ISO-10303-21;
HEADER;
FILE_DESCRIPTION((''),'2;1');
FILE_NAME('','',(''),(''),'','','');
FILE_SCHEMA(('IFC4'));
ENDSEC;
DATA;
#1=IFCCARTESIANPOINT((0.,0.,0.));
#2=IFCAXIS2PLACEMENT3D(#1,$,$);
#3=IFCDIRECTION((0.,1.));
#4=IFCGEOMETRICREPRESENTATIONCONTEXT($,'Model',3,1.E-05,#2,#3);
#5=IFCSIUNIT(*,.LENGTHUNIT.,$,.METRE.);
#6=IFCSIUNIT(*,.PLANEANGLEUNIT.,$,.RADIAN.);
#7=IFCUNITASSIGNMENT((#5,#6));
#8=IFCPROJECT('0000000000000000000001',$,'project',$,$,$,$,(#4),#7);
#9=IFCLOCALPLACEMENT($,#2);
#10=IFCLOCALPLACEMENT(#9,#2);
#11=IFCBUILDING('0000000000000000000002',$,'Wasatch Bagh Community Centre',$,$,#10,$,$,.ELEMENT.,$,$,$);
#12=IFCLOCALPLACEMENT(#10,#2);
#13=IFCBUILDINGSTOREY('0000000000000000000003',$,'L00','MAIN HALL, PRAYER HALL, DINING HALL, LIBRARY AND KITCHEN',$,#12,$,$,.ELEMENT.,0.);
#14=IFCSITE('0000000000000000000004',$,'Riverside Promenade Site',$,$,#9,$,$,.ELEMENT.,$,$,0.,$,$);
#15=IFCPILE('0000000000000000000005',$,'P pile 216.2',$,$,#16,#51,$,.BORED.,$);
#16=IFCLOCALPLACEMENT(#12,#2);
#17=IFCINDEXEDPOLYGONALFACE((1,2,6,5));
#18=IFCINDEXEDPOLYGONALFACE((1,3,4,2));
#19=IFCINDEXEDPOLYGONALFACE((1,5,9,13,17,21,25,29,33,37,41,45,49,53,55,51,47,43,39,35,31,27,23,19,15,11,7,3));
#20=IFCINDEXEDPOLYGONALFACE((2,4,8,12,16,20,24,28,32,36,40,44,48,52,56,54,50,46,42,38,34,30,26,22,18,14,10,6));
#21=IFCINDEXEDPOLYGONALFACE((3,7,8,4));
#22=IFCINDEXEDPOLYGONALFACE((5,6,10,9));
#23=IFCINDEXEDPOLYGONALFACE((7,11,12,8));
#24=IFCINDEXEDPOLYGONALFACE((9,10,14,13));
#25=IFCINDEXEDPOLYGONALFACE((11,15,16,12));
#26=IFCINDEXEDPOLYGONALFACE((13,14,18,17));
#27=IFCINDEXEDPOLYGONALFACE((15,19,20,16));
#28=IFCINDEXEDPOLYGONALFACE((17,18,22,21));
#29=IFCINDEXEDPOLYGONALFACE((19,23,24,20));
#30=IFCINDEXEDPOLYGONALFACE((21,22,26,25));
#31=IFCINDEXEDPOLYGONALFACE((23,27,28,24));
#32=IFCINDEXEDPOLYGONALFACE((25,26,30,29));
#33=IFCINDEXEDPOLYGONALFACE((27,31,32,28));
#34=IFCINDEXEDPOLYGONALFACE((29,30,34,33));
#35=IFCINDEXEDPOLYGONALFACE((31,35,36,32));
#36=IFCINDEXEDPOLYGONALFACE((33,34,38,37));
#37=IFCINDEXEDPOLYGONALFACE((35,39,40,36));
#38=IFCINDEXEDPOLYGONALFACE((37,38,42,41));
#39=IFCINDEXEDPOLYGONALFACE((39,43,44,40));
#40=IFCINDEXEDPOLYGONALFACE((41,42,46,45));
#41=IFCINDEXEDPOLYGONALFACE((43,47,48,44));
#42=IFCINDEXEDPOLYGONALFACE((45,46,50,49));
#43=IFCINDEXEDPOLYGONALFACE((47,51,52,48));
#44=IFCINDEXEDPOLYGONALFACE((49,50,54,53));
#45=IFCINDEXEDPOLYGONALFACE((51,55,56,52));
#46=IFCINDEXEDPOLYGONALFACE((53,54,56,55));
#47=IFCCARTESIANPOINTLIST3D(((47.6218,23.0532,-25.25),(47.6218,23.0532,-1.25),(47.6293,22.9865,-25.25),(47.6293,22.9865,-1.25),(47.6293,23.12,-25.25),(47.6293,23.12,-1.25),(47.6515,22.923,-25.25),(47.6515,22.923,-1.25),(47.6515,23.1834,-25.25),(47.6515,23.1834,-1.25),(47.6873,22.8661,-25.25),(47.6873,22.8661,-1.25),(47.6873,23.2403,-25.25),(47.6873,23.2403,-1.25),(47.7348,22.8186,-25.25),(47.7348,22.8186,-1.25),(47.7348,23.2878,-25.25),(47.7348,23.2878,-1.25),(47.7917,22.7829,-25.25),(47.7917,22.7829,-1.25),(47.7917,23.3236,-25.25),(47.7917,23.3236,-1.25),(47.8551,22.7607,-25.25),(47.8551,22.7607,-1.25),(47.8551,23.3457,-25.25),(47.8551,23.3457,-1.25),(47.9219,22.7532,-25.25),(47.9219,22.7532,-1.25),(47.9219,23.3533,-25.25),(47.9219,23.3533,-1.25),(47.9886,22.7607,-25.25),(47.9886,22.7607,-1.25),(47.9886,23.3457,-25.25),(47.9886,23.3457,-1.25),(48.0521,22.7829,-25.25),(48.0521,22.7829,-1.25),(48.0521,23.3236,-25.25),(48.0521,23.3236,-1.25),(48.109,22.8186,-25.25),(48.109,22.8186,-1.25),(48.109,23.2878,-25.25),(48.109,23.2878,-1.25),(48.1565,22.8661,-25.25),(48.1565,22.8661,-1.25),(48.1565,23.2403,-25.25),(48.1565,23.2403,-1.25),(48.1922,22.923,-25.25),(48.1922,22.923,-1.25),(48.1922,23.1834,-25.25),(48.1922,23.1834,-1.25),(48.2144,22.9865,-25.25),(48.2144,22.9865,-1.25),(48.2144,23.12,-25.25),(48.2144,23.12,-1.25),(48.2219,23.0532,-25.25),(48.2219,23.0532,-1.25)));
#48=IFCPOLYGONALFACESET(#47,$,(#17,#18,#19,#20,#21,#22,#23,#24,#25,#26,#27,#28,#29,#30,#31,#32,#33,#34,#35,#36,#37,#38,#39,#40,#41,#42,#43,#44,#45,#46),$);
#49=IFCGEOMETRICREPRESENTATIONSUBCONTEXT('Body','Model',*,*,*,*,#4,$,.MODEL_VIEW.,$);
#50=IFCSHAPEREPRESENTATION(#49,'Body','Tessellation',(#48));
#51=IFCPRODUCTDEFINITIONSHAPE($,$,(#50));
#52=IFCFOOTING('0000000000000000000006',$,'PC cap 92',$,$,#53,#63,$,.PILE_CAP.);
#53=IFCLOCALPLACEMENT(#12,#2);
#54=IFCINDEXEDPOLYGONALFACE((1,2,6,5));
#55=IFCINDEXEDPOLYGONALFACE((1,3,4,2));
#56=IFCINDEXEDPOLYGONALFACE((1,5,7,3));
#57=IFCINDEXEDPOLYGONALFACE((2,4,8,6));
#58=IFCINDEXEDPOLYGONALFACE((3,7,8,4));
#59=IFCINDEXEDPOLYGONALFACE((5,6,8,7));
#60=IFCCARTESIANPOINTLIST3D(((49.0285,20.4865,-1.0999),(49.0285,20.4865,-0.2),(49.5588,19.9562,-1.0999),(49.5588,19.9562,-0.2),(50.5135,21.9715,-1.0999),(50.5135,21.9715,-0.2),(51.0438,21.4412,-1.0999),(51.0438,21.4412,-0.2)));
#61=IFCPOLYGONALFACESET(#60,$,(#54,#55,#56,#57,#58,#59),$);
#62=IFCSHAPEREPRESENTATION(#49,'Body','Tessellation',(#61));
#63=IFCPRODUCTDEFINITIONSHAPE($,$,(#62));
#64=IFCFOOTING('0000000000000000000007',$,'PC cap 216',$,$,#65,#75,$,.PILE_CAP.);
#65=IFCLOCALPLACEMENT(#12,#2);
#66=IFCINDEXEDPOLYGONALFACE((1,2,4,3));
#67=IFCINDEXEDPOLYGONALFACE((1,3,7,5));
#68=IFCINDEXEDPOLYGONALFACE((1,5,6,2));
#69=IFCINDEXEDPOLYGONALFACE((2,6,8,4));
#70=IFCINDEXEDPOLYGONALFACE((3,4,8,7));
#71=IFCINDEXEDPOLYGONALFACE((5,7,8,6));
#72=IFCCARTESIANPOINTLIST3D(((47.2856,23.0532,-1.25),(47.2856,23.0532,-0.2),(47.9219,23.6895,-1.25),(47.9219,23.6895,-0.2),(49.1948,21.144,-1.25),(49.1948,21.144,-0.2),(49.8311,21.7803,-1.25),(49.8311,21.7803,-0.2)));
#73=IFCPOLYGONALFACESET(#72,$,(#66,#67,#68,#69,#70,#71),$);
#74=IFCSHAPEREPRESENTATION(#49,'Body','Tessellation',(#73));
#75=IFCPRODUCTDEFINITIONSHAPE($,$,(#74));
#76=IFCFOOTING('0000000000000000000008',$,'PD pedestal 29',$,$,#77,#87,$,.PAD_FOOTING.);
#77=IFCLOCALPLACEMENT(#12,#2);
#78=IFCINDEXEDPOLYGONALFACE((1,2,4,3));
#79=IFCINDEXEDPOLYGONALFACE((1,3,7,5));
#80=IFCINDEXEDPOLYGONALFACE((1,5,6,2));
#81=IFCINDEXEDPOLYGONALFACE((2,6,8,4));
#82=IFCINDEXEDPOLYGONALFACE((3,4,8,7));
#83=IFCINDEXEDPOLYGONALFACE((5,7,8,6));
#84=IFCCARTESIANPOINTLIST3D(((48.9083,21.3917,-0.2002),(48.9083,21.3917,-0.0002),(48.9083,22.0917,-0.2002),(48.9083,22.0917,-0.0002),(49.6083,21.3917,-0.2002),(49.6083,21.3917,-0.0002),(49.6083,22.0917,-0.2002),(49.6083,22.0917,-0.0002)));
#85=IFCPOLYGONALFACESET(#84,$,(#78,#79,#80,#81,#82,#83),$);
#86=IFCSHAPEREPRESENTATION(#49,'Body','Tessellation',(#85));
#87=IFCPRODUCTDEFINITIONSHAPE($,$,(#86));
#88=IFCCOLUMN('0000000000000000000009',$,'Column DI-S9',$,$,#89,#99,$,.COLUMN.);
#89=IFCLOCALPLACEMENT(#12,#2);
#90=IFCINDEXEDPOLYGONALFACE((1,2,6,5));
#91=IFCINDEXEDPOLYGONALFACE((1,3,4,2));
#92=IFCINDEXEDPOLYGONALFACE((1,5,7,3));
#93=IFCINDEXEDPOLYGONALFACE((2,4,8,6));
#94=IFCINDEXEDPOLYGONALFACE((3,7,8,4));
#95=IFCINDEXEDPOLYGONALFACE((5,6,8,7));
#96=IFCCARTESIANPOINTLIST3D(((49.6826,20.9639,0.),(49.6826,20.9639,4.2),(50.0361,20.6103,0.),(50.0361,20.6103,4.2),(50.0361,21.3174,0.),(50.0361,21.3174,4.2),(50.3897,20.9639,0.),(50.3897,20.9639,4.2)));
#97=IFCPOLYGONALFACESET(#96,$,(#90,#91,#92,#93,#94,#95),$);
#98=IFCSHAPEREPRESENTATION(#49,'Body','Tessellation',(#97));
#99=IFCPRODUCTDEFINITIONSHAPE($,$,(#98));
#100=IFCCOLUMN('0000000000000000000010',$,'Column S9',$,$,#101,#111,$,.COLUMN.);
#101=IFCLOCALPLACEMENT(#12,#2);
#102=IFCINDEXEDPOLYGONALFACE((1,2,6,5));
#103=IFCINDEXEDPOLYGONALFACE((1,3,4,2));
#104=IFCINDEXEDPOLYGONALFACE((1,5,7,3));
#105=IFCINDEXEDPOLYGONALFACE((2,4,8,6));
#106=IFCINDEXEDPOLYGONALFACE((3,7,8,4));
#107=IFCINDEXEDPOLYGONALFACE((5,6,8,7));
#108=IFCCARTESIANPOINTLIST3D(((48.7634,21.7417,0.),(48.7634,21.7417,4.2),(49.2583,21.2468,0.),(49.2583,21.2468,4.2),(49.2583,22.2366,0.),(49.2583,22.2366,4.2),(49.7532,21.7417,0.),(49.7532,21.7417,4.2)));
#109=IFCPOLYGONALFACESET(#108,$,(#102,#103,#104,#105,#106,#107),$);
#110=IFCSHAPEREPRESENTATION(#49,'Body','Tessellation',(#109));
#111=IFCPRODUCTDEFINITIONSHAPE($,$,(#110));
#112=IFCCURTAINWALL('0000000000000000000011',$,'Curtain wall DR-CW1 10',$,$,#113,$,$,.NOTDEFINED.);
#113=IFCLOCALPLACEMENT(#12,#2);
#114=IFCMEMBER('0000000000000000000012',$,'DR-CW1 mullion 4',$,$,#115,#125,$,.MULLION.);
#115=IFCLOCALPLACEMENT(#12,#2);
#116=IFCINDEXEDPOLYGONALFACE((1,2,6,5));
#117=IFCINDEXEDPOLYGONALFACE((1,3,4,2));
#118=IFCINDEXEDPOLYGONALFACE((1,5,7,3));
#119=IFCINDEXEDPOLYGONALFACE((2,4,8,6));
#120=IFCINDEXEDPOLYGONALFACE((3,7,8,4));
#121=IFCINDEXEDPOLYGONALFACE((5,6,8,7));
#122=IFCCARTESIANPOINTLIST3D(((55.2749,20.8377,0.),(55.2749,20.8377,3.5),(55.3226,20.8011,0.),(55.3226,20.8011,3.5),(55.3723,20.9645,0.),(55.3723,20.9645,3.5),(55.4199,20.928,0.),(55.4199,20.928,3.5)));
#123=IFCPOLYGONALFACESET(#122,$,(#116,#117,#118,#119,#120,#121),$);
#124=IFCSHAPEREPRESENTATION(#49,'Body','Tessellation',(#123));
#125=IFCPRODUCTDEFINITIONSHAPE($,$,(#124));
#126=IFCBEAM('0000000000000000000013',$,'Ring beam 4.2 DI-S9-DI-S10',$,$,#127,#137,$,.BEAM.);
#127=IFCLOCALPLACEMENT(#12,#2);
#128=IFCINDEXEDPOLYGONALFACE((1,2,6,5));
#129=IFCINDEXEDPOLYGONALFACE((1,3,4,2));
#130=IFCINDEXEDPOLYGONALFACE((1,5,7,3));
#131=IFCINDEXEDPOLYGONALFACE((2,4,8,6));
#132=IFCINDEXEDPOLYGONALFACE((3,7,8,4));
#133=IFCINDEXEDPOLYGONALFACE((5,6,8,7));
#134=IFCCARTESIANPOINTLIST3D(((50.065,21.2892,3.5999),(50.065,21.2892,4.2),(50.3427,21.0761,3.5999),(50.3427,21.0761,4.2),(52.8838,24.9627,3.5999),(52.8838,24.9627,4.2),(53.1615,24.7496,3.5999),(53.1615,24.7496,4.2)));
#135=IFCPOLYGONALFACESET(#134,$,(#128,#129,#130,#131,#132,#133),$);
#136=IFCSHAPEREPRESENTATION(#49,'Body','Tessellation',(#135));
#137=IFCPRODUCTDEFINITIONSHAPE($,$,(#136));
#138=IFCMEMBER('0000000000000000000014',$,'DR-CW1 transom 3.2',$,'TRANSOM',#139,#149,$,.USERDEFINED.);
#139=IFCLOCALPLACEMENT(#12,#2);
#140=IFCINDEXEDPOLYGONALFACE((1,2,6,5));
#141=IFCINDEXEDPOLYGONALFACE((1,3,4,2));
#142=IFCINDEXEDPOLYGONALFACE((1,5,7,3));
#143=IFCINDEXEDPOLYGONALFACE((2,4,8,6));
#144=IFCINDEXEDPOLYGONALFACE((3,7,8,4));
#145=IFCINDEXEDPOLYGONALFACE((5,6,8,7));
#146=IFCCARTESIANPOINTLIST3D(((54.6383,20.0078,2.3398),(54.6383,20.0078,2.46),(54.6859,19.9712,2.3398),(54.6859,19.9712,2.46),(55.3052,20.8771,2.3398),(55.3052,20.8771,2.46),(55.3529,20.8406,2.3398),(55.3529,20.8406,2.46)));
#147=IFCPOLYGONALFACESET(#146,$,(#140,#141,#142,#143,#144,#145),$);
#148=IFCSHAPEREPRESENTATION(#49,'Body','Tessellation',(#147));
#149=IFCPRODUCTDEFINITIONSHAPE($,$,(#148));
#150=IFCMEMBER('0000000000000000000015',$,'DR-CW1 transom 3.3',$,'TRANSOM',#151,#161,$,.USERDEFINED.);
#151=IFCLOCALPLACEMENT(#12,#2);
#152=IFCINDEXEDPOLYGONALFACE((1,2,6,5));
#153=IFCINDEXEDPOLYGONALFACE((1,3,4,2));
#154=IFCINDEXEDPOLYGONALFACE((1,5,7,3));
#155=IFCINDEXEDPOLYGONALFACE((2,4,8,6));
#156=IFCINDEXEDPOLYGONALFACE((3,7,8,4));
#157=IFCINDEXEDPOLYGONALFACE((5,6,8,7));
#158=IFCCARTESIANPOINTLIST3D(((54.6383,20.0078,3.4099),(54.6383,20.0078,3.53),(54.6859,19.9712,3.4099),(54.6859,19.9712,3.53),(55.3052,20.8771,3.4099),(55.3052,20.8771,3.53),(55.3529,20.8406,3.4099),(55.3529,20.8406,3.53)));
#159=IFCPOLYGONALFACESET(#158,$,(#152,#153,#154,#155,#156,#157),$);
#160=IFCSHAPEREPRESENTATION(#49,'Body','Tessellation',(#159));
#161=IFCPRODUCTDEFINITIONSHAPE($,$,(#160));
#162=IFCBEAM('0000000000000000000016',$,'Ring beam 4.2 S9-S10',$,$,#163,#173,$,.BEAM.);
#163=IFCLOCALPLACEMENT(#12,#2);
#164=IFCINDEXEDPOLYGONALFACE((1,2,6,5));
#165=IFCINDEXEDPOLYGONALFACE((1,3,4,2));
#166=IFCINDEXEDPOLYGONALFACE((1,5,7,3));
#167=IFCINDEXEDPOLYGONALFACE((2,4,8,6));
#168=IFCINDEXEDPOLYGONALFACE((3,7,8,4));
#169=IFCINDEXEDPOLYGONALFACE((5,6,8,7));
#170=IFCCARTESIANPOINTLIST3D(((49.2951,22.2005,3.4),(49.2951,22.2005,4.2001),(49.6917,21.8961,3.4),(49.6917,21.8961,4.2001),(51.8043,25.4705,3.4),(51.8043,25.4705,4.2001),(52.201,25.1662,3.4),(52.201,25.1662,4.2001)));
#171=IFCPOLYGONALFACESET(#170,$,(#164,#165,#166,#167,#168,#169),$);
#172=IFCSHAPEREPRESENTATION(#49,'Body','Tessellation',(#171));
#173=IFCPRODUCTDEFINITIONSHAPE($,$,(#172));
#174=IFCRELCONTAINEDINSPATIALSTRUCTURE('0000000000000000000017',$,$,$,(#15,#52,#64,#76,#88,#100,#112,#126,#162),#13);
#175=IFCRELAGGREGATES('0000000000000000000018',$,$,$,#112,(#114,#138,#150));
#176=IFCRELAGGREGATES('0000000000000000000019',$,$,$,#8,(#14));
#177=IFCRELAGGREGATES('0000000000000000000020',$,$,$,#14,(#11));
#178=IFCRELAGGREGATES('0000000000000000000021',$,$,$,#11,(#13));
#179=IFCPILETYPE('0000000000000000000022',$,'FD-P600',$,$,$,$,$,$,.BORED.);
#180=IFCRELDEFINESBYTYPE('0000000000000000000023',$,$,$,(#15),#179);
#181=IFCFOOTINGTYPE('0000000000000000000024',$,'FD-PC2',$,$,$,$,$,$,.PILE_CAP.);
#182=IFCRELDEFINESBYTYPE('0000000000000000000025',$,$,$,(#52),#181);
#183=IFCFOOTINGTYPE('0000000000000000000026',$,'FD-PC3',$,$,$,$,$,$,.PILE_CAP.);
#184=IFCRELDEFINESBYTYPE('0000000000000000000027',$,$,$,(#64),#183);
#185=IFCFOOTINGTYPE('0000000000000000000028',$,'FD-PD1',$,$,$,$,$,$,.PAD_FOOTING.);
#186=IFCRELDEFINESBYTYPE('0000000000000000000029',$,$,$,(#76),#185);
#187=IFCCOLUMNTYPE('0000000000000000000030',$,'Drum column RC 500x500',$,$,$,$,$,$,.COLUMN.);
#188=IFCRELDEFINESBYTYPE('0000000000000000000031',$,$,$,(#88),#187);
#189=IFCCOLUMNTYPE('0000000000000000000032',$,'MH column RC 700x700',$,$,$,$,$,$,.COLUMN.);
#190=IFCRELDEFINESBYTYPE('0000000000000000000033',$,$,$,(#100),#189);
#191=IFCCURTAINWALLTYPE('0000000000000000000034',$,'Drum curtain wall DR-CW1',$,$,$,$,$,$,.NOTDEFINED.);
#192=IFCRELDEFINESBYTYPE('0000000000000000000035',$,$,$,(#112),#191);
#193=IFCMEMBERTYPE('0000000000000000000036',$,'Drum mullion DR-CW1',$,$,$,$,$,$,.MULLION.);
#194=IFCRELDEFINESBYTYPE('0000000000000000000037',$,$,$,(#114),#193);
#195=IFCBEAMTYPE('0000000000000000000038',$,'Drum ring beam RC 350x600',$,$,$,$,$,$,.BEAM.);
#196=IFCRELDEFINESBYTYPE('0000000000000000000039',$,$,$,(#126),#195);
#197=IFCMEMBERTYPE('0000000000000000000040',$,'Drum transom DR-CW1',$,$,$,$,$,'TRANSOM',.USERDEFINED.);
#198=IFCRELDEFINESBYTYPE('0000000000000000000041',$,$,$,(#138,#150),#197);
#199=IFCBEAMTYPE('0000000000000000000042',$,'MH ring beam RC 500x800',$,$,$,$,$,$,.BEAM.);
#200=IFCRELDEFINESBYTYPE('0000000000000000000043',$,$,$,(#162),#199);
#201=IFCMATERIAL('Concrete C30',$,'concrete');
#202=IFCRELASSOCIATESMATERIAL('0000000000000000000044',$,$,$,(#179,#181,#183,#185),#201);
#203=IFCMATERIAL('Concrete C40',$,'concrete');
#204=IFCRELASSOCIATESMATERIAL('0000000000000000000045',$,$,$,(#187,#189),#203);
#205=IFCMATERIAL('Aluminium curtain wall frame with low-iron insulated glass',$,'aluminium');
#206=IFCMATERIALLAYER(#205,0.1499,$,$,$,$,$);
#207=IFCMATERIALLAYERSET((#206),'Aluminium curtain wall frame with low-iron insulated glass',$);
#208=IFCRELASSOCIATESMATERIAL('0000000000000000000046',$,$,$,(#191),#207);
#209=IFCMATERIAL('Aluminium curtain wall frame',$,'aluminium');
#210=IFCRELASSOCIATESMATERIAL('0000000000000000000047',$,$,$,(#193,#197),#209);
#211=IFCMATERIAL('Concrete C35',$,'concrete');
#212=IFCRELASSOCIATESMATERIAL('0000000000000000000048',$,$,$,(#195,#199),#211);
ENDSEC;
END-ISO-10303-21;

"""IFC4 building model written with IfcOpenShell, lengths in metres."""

from ifc_helpers import new_model, si_unit, direction, frame, origin, origin_2d, place, context, subcontext, project, spatial, rectangle, circle, extrude, material, layer, layer_set, material_profile, profile_set, type_object, element, aggregate, save


model = new_model("IFC4")

# Units and contexts
model_context = context("Model", 3, precision=1e-05, world=origin(), true_north=direction((0.0, 1.0)))
body_context = subcontext(model_context, "Body", "Model", "MODEL_VIEW")
ifc_project = project(units=[si_unit("LENGTHUNIT", "METRE"), si_unit("PLANEANGLEUNIT", "RADIAN")], contexts=[model_context])

# Site, building, storey
site_placement = place(None, origin())
site = spatial("IfcSite", under=ifc_project, at=site_placement, Name="Riverside Promenade Site", CompositionType="ELEMENT", RefElevation=0.0)
building_placement = place(site_placement, origin())
building = spatial("IfcBuilding", under=site, at=building_placement, Name="Wasatch Bagh Community Centre", CompositionType="ELEMENT")
storey_placement = place(building_placement, origin())
storey = spatial("IfcBuildingStorey", under=building, at=storey_placement, Name="L00", Description="MAIN HALL, PRAYER HALL, DINING HALL, LIBRARY AND KITCHEN", CompositionType="ELEMENT", Elevation=0.0)

# Shared definitions
ifc_material_1 = material(Name="Concrete C35", Category="concrete")

# Pile
ifc_material_2 = material(Name="Concrete C30", Category="concrete")
ifc_material_profile_1 = material_profile(ifc_material_2, circle(Radius=0.3, at=origin_2d()), Name="RC D600")
ifc_profile_set_1 = profile_set([ifc_material_profile_1], Name="Concrete C30")
pile_type_1 = type_object("IfcPileType", Name="FD-P600", PredefinedType="BORED", material=ifc_profile_set_1)
for number, where, z_axis, x_axis, name in (
    (1, (47.9219, 23.0532, -1.25), (0.0, 0.0, -1.0), (1.0, 0.0, 0.0), "P pile 216.2"),
):
    element("IfcPile", number, at=place(storey_placement, frame(where, z_axis=z_axis, x_axis=x_axis)), inside=storey, type_object=pile_type_1, Name=name, PredefinedType="BORED", context=body_context, shape_type="SweptSolid", body=[
        extrude(circle(Radius=0.3, at=origin_2d()), origin(), (0.0, 0.0, 1.0), 24.0),
    ])

# Footings
footing_type_1 = type_object("IfcFootingType", Name="FD-PC2", PredefinedType="PILE_CAP", material=ifc_material_2)
footing_1_placement = place(storey_placement, frame((50.0361, 20.9639, -1.0999), z_axis=(0.0, 0.0, 1.0), x_axis=(0.707107, 0.707107, 0.0)))
element("IfcFooting", 2, at=footing_1_placement, inside=storey, type_object=footing_type_1, Name="PC cap 92", PredefinedType="PILE_CAP", context=body_context, shape_type="SweptSolid", body=[
    extrude(rectangle(XDim=2.1001, YDim=0.75, at=origin_2d()), origin(), (0.0, 0.0, 1.0), 0.8999),
])
footing_type_2 = type_object("IfcFootingType", Name="FD-PC3", PredefinedType="PILE_CAP", material=ifc_material_2)
footing_2_placement = place(storey_placement, frame((48.5583, 22.4167, -1.25), z_axis=(0.0, 0.0, 1.0), x_axis=(-0.707107, 0.707107, 0.0)))
element("IfcFooting", 3, at=footing_2_placement, inside=storey, type_object=footing_type_2, Name="PC cap 216", PredefinedType="PILE_CAP", context=body_context, shape_type="SweptSolid", body=[
    extrude(rectangle(XDim=2.7, YDim=0.8999, at=origin_2d()), origin(), (0.0, 0.0, 1.0), 1.05),
])
footing_type_3 = type_object("IfcFootingType", Name="FD-PD1", PredefinedType="PAD_FOOTING", material=ifc_material_2)
footing_3_placement = place(storey_placement, frame((49.2583, 21.7417, -0.2002), z_axis=(0.0, 0.0, 1.0), x_axis=(1.0, 0.0, 0.0)))
element("IfcFooting", 4, at=footing_3_placement, inside=storey, type_object=footing_type_3, Name="PD pedestal 29", PredefinedType="PAD_FOOTING", context=body_context, shape_type="SweptSolid", body=[
    extrude(rectangle(XDim=0.7, YDim=0.7, at=origin_2d()), origin(), (0.0, 0.0, 1.0), 0.2),
])

# Columns
ifc_material_3 = material(Name="Concrete C40", Category="concrete")
ifc_material_profile_2 = material_profile(ifc_material_3, rectangle(XDim=0.5, YDim=0.5, at=origin_2d()), Name="RC 500x500")
ifc_profile_set_2 = profile_set([ifc_material_profile_2], Name="Concrete C40")
column_type_1 = type_object("IfcColumnType", Name="Drum column RC 500x500", PredefinedType="COLUMN", material=ifc_profile_set_2)
column_1_placement = place(storey_placement, frame((50.0361, 20.9639, 0.0), z_axis=(0.0, 0.0, 1.0), x_axis=(0.707107, 0.707107, 0.0)))
element("IfcColumn", 5, at=column_1_placement, inside=storey, type_object=column_type_1, Name="Column DI-S9", PredefinedType="COLUMN", context=body_context, shape_type="SweptSolid", body=[
    extrude(rectangle(XDim=0.5, YDim=0.5, at=origin_2d()), origin(), (0.0, 0.0, 1.0), 4.2),
])
ifc_material_profile_3 = material_profile(ifc_material_3, rectangle(XDim=0.7, YDim=0.7, at=origin_2d()), Name="RC 700x700")
ifc_profile_set_3 = profile_set([ifc_material_profile_3], Name="Concrete C40")
column_type_2 = type_object("IfcColumnType", Name="MH column RC 700x700", PredefinedType="COLUMN", material=ifc_profile_set_3)
column_2_placement = place(storey_placement, frame((49.2583, 21.7417, 0.0), z_axis=(0.0, 0.0, 1.0), x_axis=(0.707107, 0.707107, 0.0)))
element("IfcColumn", 6, at=column_2_placement, inside=storey, type_object=column_type_2, Name="Column S9", PredefinedType="COLUMN", context=body_context, shape_type="SweptSolid", body=[
    extrude(rectangle(XDim=0.7, YDim=0.7, at=origin_2d()), origin(), (0.0, 0.0, 1.0), 4.2),
])

# Curtain wall, member
ifc_material_4 = material(Name="Aluminium curtain wall frame with low-iron insulated glass", Category="aluminium")
ifc_layer_1 = layer(ifc_material_4, 0.1499)
ifc_layer_set_1 = layer_set([ifc_layer_1], Name="Aluminium curtain wall frame with low-iron insulated glass")
curtain_wall_type = type_object("IfcCurtainWallType", Name="Drum curtain wall DR-CW1", PredefinedType="NOTDEFINED", material=ifc_layer_set_1)
curtain_wall_placement = place(storey_placement, origin())
curtain_wall = element("IfcCurtainWall", 7, at=curtain_wall_placement, inside=storey, type_object=curtain_wall_type, Name="Curtain wall DR-CW1 10", PredefinedType="NOTDEFINED")
ifc_material_5 = material(Name="Aluminium curtain wall frame", Category="aluminium")
ifc_material_profile_4 = material_profile(ifc_material_5, rectangle(XDim=0.0601, YDim=0.1599, at=origin_2d()), Name="Drum mullion DR-CW1")
ifc_profile_set_4 = profile_set([ifc_material_profile_4], Name="Aluminium curtain wall frame")
member_type_1 = type_object("IfcMemberType", Name="Drum mullion DR-CW1", PredefinedType="MULLION", material=ifc_profile_set_4)
member_1_placement = place(storey_placement, frame((55.3474, 20.8828, 0.0), z_axis=(0.0, 0.0, 1.0), x_axis=(-0.793353, 0.608761, 0.0)))
member_1 = element("IfcMember", 8, at=member_1_placement, type_object=member_type_1, Name="DR-CW1 mullion 4", PredefinedType="MULLION", context=body_context, shape_type="SweptSolid", body=[
    extrude(rectangle(XDim=0.0601, YDim=0.1599, at=origin_2d()), origin(), (0.0, 0.0, 1.0), 3.5),
])

# Beam
ifc_material_profile_5 = material_profile(ifc_material_1, rectangle(XDim=0.3501, YDim=0.6001, at=origin_2d()), Name="RC 350x600")
ifc_profile_set_5 = profile_set([ifc_material_profile_5], Name="Concrete C35")
beam_type_1 = type_object("IfcBeamType", Name="Drum ring beam RC 350x600", PredefinedType="BEAM", material=ifc_profile_set_5)
beam_1_placement = place(storey_placement, frame((50.2039, 21.1826, 3.8999), z_axis=(0.608762, 0.793353, 0.0), x_axis=(-0.793353, 0.608762, 0.0)))
element("IfcBeam", 9, at=beam_1_placement, inside=storey, type_object=beam_type_1, Name="Ring beam 4.2 DI-S9-DI-S10", PredefinedType="BEAM", context=body_context, shape_type="SweptSolid", body=[
    extrude(rectangle(XDim=0.3501, YDim=0.6001, at=origin_2d()), origin(), (0.0, 0.0, 1.0), 4.6304),
])

# Members
ifc_material_profile_6 = material_profile(ifc_material_5, rectangle(XDim=0.0601, YDim=0.1201, at=origin_2d()), Name="Drum transom DR-CW1")
ifc_profile_set_6 = profile_set([ifc_material_profile_6], Name="Aluminium curtain wall frame")
member_type_2 = type_object("IfcMemberType", Name="Drum transom DR-CW1", ElementType="TRANSOM", PredefinedType="USERDEFINED", material=ifc_profile_set_6)
member_2_placement = place(storey_placement, frame((54.6621, 19.9895, 2.3999), z_axis=(0.608698, 0.793402, 0.0), x_axis=(-0.793402, 0.608698, 0.0)))
member_2 = element("IfcMember", 10, at=member_2_placement, type_object=member_type_2, Name="DR-CW1 transom 3.2", ObjectType="TRANSOM", PredefinedType="USERDEFINED", context=body_context, shape_type="SweptSolid", body=[
    extrude(rectangle(XDim=0.0601, YDim=0.1201, at=origin_2d()), origin(), (0.0, 0.0, 1.0), 1.0957),
])
member_3_placement = place(storey_placement, frame((54.6621, 19.9895, 3.47), z_axis=(0.608698, 0.793402, 0.0), x_axis=(-0.793402, 0.608698, 0.0)))
member_3 = element("IfcMember", 11, at=member_3_placement, type_object=member_type_2, Name="DR-CW1 transom 3.3", ObjectType="TRANSOM", PredefinedType="USERDEFINED", context=body_context, shape_type="SweptSolid", body=[
    extrude(rectangle(XDim=0.0601, YDim=0.1201, at=origin_2d()), origin(), (0.0, 0.0, 1.0), 1.0957),
])

# Beam
ifc_material_profile_7 = material_profile(ifc_material_1, rectangle(XDim=0.5, YDim=0.8, at=origin_2d()), Name="RC 500x800")
ifc_profile_set_7 = profile_set([ifc_material_profile_7], Name="Concrete C35")
beam_type_2 = type_object("IfcBeamType", Name="MH ring beam RC 500x800", PredefinedType="BEAM", material=ifc_profile_set_7)
beam_2_placement = place(storey_placement, frame((49.4934, 22.0483, 3.8), z_axis=(0.608777, 0.793341, 0.0), x_axis=(-0.793341, 0.608777, 0.0)))
element("IfcBeam", 12, at=beam_2_placement, inside=storey, type_object=beam_type_2, Name="Ring beam 4.2 S9-S10", PredefinedType="BEAM", context=body_context, shape_type="SweptSolid", body=[
    extrude(rectangle(XDim=0.5, YDim=0.8, at=origin_2d()), origin(), (0.0, 0.0, 1.0), 4.1218),
])

aggregate(curtain_wall, [member_1, member_2, member_3])

save(model, "model.ifc")
